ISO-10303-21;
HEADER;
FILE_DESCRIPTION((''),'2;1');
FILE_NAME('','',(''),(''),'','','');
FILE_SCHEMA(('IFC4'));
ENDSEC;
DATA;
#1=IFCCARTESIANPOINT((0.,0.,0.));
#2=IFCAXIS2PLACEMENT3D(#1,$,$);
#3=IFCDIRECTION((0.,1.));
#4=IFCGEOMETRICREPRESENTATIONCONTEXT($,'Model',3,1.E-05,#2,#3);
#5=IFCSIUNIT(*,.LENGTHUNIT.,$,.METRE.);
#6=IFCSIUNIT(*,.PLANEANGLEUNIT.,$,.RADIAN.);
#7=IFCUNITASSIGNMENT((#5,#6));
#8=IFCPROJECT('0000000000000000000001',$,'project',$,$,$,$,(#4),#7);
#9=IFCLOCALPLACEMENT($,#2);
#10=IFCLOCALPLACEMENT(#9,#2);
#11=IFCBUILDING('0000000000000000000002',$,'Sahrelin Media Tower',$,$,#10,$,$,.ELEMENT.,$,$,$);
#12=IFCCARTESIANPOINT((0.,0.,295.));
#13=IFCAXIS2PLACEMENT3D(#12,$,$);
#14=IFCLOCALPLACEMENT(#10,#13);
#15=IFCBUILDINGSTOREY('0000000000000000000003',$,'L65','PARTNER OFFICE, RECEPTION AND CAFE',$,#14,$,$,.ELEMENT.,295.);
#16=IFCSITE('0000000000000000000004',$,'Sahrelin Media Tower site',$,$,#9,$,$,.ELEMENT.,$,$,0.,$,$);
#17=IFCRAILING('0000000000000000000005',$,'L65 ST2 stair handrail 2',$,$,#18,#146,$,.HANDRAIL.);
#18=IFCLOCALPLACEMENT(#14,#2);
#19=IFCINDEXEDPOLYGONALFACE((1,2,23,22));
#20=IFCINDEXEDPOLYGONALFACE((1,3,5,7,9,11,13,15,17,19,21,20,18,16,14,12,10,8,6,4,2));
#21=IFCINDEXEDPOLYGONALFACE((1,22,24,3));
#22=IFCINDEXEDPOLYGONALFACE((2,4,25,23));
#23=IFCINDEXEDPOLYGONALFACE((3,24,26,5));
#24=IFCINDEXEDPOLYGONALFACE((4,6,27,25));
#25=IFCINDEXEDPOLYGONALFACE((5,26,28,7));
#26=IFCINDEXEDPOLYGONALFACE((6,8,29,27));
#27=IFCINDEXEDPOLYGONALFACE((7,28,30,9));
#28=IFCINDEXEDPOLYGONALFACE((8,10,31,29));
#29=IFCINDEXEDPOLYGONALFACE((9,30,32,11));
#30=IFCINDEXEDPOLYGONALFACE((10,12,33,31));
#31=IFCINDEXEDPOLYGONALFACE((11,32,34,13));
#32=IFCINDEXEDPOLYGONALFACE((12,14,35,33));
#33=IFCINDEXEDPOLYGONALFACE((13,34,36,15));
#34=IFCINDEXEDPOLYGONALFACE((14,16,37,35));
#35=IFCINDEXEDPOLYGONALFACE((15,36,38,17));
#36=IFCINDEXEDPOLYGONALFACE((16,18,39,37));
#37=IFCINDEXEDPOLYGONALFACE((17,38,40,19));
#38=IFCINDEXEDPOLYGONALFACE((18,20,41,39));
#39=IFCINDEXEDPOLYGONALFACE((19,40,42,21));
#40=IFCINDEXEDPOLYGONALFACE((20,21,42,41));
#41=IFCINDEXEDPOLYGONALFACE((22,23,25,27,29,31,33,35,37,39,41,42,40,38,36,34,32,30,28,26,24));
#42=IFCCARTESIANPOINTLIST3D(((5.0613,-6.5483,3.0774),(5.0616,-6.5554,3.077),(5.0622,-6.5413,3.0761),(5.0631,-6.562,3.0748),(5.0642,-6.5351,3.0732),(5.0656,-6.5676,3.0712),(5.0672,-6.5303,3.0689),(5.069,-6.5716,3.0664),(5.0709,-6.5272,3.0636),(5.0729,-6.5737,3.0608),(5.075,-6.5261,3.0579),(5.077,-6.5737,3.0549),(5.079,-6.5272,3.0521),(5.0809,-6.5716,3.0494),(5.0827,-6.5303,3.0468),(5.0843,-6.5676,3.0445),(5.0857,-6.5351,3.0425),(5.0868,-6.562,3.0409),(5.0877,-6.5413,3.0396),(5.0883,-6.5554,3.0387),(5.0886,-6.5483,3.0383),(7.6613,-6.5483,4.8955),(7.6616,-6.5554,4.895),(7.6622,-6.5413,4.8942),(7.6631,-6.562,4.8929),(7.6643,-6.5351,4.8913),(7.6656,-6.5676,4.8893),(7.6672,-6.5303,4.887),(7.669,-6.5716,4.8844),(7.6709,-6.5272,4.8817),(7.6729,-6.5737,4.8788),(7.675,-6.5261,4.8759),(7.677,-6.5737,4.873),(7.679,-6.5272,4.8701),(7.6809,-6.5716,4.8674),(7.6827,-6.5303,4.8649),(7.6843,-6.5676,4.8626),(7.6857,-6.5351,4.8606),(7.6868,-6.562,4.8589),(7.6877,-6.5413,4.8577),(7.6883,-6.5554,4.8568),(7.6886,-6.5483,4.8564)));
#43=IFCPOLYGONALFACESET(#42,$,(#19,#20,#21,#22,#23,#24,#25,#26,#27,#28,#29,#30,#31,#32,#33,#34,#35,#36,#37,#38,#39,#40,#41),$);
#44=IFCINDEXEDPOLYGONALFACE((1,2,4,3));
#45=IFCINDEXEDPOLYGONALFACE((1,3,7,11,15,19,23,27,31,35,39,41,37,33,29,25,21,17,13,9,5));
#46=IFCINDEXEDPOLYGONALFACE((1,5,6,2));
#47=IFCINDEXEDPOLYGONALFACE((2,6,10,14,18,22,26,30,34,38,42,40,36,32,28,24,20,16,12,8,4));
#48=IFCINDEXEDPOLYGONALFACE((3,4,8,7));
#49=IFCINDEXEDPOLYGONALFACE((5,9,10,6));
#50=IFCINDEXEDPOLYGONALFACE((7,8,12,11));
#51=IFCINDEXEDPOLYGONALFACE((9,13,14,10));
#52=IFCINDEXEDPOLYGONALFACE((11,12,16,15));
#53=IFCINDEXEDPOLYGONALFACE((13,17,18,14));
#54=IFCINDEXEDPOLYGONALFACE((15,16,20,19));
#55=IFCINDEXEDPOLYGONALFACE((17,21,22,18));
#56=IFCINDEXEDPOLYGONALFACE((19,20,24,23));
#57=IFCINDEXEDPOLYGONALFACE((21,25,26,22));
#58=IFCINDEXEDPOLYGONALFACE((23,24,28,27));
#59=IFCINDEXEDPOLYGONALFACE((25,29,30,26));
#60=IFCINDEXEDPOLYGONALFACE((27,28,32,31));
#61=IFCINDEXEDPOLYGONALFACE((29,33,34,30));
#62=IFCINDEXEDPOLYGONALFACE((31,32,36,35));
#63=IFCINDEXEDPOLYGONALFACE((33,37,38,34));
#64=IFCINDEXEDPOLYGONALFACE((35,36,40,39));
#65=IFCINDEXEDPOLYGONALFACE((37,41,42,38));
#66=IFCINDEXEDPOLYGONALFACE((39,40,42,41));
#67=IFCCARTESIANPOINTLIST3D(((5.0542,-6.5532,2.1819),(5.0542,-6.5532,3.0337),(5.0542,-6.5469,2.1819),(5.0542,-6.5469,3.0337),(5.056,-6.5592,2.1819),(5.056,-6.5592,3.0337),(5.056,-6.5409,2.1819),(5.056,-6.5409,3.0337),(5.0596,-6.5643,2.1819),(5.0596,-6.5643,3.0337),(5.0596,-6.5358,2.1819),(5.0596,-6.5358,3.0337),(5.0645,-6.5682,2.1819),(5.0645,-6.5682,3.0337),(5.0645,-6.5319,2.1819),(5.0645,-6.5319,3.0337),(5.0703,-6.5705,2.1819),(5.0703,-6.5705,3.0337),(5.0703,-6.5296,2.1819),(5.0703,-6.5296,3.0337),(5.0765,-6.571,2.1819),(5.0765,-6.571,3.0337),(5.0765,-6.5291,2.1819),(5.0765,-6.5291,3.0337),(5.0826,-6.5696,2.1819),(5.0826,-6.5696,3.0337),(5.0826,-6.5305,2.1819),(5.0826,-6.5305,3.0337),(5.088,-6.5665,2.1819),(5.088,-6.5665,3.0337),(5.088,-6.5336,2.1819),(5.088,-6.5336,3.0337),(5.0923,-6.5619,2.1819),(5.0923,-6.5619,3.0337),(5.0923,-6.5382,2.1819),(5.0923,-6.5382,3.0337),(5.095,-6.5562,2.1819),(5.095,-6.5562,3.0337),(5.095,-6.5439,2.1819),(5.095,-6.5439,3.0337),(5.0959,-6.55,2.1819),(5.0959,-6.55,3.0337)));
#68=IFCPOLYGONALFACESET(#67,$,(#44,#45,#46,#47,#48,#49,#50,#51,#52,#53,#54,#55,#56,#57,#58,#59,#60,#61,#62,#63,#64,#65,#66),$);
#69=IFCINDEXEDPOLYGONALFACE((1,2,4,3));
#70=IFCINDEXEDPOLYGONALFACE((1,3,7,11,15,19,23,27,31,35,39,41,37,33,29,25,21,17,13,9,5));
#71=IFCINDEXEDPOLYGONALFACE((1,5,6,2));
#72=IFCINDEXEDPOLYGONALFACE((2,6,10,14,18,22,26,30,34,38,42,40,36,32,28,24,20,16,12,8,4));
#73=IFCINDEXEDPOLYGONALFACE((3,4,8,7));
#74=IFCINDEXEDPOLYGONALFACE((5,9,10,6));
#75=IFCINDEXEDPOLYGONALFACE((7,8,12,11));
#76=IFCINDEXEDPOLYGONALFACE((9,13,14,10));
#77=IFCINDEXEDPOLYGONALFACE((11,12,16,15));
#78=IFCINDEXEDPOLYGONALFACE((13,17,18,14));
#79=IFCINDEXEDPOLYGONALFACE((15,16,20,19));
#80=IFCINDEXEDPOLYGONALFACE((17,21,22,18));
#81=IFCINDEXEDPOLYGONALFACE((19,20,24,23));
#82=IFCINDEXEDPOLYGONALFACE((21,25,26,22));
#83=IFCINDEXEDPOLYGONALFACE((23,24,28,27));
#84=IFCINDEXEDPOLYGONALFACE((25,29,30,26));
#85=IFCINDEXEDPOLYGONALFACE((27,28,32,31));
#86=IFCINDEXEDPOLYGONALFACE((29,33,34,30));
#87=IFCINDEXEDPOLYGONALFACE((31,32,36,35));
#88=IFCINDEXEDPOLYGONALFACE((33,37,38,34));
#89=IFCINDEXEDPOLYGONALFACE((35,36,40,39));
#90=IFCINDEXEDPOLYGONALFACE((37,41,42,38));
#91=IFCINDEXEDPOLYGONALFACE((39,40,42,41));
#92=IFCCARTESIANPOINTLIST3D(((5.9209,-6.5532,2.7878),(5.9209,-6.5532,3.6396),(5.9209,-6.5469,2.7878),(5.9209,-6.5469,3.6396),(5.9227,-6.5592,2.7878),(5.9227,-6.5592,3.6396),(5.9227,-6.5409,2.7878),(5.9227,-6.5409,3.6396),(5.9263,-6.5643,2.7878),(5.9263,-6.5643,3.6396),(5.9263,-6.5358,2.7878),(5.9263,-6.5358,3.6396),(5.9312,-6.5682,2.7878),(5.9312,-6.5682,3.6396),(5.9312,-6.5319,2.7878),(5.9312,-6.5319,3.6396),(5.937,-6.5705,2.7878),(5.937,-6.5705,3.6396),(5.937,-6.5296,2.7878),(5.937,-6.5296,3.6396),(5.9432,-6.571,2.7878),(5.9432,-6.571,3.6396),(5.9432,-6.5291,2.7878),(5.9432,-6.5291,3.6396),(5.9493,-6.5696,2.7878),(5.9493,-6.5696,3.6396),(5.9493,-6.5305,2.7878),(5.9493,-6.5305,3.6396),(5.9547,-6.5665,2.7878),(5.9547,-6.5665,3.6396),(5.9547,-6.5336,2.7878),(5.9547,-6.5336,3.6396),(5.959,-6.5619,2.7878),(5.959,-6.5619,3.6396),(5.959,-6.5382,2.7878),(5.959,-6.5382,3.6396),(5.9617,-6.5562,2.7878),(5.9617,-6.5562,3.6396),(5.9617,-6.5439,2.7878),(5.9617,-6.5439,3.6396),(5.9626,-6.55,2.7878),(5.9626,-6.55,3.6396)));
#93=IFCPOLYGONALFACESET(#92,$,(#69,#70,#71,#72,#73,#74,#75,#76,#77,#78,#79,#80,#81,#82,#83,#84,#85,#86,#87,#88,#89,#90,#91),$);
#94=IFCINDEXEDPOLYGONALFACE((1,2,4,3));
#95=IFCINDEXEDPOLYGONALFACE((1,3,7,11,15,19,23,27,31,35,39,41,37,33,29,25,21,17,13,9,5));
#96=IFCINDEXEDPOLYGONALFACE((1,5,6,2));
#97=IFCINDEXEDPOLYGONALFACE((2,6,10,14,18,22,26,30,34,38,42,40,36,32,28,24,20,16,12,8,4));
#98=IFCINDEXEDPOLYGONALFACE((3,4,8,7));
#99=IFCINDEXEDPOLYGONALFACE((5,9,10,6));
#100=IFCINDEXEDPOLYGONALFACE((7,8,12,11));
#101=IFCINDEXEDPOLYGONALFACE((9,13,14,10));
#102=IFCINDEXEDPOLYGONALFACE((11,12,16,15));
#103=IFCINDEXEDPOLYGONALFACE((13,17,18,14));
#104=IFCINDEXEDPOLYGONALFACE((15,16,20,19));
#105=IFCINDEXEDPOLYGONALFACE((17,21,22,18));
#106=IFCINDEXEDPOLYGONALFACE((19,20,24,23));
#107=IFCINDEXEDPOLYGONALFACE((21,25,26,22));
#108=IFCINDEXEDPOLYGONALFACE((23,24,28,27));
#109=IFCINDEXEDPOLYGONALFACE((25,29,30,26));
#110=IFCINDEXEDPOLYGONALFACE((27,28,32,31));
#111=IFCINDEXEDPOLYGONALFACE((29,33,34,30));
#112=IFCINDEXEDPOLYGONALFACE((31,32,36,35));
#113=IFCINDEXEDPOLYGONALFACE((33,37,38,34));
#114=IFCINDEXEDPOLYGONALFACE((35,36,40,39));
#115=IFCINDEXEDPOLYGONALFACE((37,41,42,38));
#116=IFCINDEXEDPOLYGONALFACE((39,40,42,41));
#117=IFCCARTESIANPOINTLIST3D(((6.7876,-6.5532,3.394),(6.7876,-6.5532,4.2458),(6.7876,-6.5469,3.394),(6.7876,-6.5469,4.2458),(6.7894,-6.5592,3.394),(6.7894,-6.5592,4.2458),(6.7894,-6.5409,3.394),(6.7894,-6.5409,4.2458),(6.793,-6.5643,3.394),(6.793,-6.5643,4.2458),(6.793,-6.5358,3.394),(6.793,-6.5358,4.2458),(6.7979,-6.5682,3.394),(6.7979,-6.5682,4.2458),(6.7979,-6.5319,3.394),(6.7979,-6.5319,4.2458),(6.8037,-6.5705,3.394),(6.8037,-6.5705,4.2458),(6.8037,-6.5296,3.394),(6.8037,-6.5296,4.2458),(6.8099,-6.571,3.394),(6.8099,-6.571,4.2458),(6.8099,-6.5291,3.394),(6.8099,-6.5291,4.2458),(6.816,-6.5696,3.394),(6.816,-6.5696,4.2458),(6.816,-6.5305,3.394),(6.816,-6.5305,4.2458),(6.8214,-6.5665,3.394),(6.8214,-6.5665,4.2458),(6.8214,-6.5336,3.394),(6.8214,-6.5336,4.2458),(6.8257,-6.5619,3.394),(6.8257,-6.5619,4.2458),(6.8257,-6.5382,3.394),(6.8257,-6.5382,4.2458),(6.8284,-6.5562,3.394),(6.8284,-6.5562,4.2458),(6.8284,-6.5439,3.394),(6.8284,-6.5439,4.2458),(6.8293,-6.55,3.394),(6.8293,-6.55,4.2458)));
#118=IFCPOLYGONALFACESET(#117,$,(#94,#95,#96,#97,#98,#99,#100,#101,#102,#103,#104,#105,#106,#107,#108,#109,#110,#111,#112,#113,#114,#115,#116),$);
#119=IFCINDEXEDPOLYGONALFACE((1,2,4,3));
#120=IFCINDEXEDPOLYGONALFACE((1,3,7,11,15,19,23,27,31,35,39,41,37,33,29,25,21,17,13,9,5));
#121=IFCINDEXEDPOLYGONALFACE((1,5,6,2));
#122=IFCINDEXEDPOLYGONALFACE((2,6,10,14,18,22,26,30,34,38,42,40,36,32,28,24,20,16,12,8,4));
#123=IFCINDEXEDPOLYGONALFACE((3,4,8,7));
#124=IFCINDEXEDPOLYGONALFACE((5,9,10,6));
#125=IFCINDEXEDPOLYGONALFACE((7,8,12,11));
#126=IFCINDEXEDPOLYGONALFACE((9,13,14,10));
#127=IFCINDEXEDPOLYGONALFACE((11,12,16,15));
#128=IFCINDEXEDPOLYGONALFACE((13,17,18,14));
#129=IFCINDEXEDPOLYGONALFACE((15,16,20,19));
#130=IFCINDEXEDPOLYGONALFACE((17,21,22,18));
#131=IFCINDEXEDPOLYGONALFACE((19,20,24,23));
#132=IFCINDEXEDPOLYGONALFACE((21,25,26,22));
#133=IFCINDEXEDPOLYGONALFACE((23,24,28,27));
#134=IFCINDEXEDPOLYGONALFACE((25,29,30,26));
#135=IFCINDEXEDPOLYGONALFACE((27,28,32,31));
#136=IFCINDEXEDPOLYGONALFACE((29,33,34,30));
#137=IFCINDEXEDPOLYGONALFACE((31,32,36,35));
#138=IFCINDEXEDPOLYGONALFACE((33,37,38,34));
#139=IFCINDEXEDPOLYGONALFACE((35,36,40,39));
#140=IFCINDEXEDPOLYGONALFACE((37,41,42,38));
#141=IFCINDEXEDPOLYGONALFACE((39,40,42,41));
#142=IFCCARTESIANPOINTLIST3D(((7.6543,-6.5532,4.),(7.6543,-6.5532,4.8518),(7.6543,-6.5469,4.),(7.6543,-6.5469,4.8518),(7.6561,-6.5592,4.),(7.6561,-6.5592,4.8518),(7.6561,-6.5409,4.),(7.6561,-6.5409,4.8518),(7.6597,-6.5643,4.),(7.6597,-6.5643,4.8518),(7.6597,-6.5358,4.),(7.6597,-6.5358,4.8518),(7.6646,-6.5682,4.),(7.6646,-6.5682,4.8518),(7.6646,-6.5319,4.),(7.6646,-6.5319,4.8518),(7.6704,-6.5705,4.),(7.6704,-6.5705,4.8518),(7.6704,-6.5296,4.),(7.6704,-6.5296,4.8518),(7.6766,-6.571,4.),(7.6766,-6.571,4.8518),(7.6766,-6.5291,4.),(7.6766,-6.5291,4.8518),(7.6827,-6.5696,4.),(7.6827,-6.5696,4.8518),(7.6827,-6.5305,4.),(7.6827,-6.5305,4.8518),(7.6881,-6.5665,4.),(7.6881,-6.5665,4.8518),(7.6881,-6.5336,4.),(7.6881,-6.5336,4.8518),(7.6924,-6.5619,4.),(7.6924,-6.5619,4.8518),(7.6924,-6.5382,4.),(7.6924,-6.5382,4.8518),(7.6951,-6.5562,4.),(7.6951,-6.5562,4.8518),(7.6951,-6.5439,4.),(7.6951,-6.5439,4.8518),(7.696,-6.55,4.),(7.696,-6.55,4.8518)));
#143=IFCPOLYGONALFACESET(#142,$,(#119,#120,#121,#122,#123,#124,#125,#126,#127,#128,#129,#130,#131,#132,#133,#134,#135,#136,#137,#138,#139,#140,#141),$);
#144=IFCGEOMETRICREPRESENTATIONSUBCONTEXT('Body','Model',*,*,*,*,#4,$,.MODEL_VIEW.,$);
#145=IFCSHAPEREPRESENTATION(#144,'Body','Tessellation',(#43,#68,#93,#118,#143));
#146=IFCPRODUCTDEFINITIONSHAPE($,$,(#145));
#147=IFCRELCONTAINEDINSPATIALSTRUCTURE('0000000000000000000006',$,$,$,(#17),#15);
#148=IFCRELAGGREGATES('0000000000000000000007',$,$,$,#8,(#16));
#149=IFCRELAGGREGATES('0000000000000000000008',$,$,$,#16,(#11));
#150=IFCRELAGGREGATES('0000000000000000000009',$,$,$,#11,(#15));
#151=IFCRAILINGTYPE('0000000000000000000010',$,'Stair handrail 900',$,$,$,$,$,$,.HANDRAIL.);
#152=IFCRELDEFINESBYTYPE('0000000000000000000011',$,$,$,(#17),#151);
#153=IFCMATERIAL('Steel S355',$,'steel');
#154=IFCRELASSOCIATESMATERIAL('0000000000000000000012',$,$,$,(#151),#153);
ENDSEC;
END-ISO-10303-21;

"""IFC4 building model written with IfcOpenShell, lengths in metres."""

from ifc_helpers import new_model, si_unit, direction, frame, origin, origin_2d, place, context, subcontext, project, spatial, circle, extrude, material, type_object, element, save


model = new_model("IFC4")

# Units and contexts
model_context = context("Model", 3, precision=1e-05, world=origin(), true_north=direction((0.0, 1.0)))
body_context = subcontext(model_context, "Body", "Model", "MODEL_VIEW")
ifc_project = project(units=[si_unit("LENGTHUNIT", "METRE"), si_unit("PLANEANGLEUNIT", "RADIAN")], contexts=[model_context])

# Site, building, storey
site_placement = place(None, origin())
site = spatial("IfcSite", under=ifc_project, at=site_placement, Name="Sahrelin Media Tower site", CompositionType="ELEMENT", RefElevation=0.0)
building_placement = place(site_placement, origin())
building = spatial("IfcBuilding", under=site, at=building_placement, Name="Sahrelin Media Tower", CompositionType="ELEMENT")
storey_placement = place(building_placement, frame((0.0, 0.0, 295.0)))
storey = spatial("IfcBuildingStorey", under=building, at=storey_placement, Name="L65", Description="PARTNER OFFICE, RECEPTION AND CAFE", CompositionType="ELEMENT", Elevation=295.0)

# Shared definitions
ifc_material_1 = material(Name="Steel S355", Category="steel")

# Railing
railing_type_1 = type_object("IfcRailingType", Name="Stair handrail 900", PredefinedType="HANDRAIL", material=ifc_material_1)
railing_1_placement = place(storey_placement, frame((5.075, -6.55, 2.1819)))
element("IfcRailing", 1, at=railing_1_placement, inside=storey, type_object=railing_type_1, Name="L65 ST2 stair handrail 2", PredefinedType="HANDRAIL", context=body_context, shape_type="SweptSolid", body=[
    extrude(circle(Radius=0.0239, at=origin_2d()), frame((0.0, 0.0, 0.876), z_axis=(0.819521, 0.0, 0.573049), x_axis=(0.0, 1.0, 0.0)), (0.0, 0.0, 1.0), 3.1726),
    extrude(circle(Radius=0.021, at=origin_2d()), origin(), (0.0, 0.0, 1.0), 0.8518),
    extrude(circle(Radius=0.021, at=origin_2d()), frame((0.8667, 0.0, 0.606)), (0.0, 0.0, 1.0), 0.8518),
    extrude(circle(Radius=0.021, at=origin_2d()), frame((1.7334, 0.0, 1.2122)), (0.0, 0.0, 1.0), 0.8518),
    extrude(circle(Radius=0.021, at=origin_2d()), frame((2.6001, 0.0, 1.8181)), (0.0, 0.0, 1.0), 0.8518),
])

save(model, "model.ifc")
